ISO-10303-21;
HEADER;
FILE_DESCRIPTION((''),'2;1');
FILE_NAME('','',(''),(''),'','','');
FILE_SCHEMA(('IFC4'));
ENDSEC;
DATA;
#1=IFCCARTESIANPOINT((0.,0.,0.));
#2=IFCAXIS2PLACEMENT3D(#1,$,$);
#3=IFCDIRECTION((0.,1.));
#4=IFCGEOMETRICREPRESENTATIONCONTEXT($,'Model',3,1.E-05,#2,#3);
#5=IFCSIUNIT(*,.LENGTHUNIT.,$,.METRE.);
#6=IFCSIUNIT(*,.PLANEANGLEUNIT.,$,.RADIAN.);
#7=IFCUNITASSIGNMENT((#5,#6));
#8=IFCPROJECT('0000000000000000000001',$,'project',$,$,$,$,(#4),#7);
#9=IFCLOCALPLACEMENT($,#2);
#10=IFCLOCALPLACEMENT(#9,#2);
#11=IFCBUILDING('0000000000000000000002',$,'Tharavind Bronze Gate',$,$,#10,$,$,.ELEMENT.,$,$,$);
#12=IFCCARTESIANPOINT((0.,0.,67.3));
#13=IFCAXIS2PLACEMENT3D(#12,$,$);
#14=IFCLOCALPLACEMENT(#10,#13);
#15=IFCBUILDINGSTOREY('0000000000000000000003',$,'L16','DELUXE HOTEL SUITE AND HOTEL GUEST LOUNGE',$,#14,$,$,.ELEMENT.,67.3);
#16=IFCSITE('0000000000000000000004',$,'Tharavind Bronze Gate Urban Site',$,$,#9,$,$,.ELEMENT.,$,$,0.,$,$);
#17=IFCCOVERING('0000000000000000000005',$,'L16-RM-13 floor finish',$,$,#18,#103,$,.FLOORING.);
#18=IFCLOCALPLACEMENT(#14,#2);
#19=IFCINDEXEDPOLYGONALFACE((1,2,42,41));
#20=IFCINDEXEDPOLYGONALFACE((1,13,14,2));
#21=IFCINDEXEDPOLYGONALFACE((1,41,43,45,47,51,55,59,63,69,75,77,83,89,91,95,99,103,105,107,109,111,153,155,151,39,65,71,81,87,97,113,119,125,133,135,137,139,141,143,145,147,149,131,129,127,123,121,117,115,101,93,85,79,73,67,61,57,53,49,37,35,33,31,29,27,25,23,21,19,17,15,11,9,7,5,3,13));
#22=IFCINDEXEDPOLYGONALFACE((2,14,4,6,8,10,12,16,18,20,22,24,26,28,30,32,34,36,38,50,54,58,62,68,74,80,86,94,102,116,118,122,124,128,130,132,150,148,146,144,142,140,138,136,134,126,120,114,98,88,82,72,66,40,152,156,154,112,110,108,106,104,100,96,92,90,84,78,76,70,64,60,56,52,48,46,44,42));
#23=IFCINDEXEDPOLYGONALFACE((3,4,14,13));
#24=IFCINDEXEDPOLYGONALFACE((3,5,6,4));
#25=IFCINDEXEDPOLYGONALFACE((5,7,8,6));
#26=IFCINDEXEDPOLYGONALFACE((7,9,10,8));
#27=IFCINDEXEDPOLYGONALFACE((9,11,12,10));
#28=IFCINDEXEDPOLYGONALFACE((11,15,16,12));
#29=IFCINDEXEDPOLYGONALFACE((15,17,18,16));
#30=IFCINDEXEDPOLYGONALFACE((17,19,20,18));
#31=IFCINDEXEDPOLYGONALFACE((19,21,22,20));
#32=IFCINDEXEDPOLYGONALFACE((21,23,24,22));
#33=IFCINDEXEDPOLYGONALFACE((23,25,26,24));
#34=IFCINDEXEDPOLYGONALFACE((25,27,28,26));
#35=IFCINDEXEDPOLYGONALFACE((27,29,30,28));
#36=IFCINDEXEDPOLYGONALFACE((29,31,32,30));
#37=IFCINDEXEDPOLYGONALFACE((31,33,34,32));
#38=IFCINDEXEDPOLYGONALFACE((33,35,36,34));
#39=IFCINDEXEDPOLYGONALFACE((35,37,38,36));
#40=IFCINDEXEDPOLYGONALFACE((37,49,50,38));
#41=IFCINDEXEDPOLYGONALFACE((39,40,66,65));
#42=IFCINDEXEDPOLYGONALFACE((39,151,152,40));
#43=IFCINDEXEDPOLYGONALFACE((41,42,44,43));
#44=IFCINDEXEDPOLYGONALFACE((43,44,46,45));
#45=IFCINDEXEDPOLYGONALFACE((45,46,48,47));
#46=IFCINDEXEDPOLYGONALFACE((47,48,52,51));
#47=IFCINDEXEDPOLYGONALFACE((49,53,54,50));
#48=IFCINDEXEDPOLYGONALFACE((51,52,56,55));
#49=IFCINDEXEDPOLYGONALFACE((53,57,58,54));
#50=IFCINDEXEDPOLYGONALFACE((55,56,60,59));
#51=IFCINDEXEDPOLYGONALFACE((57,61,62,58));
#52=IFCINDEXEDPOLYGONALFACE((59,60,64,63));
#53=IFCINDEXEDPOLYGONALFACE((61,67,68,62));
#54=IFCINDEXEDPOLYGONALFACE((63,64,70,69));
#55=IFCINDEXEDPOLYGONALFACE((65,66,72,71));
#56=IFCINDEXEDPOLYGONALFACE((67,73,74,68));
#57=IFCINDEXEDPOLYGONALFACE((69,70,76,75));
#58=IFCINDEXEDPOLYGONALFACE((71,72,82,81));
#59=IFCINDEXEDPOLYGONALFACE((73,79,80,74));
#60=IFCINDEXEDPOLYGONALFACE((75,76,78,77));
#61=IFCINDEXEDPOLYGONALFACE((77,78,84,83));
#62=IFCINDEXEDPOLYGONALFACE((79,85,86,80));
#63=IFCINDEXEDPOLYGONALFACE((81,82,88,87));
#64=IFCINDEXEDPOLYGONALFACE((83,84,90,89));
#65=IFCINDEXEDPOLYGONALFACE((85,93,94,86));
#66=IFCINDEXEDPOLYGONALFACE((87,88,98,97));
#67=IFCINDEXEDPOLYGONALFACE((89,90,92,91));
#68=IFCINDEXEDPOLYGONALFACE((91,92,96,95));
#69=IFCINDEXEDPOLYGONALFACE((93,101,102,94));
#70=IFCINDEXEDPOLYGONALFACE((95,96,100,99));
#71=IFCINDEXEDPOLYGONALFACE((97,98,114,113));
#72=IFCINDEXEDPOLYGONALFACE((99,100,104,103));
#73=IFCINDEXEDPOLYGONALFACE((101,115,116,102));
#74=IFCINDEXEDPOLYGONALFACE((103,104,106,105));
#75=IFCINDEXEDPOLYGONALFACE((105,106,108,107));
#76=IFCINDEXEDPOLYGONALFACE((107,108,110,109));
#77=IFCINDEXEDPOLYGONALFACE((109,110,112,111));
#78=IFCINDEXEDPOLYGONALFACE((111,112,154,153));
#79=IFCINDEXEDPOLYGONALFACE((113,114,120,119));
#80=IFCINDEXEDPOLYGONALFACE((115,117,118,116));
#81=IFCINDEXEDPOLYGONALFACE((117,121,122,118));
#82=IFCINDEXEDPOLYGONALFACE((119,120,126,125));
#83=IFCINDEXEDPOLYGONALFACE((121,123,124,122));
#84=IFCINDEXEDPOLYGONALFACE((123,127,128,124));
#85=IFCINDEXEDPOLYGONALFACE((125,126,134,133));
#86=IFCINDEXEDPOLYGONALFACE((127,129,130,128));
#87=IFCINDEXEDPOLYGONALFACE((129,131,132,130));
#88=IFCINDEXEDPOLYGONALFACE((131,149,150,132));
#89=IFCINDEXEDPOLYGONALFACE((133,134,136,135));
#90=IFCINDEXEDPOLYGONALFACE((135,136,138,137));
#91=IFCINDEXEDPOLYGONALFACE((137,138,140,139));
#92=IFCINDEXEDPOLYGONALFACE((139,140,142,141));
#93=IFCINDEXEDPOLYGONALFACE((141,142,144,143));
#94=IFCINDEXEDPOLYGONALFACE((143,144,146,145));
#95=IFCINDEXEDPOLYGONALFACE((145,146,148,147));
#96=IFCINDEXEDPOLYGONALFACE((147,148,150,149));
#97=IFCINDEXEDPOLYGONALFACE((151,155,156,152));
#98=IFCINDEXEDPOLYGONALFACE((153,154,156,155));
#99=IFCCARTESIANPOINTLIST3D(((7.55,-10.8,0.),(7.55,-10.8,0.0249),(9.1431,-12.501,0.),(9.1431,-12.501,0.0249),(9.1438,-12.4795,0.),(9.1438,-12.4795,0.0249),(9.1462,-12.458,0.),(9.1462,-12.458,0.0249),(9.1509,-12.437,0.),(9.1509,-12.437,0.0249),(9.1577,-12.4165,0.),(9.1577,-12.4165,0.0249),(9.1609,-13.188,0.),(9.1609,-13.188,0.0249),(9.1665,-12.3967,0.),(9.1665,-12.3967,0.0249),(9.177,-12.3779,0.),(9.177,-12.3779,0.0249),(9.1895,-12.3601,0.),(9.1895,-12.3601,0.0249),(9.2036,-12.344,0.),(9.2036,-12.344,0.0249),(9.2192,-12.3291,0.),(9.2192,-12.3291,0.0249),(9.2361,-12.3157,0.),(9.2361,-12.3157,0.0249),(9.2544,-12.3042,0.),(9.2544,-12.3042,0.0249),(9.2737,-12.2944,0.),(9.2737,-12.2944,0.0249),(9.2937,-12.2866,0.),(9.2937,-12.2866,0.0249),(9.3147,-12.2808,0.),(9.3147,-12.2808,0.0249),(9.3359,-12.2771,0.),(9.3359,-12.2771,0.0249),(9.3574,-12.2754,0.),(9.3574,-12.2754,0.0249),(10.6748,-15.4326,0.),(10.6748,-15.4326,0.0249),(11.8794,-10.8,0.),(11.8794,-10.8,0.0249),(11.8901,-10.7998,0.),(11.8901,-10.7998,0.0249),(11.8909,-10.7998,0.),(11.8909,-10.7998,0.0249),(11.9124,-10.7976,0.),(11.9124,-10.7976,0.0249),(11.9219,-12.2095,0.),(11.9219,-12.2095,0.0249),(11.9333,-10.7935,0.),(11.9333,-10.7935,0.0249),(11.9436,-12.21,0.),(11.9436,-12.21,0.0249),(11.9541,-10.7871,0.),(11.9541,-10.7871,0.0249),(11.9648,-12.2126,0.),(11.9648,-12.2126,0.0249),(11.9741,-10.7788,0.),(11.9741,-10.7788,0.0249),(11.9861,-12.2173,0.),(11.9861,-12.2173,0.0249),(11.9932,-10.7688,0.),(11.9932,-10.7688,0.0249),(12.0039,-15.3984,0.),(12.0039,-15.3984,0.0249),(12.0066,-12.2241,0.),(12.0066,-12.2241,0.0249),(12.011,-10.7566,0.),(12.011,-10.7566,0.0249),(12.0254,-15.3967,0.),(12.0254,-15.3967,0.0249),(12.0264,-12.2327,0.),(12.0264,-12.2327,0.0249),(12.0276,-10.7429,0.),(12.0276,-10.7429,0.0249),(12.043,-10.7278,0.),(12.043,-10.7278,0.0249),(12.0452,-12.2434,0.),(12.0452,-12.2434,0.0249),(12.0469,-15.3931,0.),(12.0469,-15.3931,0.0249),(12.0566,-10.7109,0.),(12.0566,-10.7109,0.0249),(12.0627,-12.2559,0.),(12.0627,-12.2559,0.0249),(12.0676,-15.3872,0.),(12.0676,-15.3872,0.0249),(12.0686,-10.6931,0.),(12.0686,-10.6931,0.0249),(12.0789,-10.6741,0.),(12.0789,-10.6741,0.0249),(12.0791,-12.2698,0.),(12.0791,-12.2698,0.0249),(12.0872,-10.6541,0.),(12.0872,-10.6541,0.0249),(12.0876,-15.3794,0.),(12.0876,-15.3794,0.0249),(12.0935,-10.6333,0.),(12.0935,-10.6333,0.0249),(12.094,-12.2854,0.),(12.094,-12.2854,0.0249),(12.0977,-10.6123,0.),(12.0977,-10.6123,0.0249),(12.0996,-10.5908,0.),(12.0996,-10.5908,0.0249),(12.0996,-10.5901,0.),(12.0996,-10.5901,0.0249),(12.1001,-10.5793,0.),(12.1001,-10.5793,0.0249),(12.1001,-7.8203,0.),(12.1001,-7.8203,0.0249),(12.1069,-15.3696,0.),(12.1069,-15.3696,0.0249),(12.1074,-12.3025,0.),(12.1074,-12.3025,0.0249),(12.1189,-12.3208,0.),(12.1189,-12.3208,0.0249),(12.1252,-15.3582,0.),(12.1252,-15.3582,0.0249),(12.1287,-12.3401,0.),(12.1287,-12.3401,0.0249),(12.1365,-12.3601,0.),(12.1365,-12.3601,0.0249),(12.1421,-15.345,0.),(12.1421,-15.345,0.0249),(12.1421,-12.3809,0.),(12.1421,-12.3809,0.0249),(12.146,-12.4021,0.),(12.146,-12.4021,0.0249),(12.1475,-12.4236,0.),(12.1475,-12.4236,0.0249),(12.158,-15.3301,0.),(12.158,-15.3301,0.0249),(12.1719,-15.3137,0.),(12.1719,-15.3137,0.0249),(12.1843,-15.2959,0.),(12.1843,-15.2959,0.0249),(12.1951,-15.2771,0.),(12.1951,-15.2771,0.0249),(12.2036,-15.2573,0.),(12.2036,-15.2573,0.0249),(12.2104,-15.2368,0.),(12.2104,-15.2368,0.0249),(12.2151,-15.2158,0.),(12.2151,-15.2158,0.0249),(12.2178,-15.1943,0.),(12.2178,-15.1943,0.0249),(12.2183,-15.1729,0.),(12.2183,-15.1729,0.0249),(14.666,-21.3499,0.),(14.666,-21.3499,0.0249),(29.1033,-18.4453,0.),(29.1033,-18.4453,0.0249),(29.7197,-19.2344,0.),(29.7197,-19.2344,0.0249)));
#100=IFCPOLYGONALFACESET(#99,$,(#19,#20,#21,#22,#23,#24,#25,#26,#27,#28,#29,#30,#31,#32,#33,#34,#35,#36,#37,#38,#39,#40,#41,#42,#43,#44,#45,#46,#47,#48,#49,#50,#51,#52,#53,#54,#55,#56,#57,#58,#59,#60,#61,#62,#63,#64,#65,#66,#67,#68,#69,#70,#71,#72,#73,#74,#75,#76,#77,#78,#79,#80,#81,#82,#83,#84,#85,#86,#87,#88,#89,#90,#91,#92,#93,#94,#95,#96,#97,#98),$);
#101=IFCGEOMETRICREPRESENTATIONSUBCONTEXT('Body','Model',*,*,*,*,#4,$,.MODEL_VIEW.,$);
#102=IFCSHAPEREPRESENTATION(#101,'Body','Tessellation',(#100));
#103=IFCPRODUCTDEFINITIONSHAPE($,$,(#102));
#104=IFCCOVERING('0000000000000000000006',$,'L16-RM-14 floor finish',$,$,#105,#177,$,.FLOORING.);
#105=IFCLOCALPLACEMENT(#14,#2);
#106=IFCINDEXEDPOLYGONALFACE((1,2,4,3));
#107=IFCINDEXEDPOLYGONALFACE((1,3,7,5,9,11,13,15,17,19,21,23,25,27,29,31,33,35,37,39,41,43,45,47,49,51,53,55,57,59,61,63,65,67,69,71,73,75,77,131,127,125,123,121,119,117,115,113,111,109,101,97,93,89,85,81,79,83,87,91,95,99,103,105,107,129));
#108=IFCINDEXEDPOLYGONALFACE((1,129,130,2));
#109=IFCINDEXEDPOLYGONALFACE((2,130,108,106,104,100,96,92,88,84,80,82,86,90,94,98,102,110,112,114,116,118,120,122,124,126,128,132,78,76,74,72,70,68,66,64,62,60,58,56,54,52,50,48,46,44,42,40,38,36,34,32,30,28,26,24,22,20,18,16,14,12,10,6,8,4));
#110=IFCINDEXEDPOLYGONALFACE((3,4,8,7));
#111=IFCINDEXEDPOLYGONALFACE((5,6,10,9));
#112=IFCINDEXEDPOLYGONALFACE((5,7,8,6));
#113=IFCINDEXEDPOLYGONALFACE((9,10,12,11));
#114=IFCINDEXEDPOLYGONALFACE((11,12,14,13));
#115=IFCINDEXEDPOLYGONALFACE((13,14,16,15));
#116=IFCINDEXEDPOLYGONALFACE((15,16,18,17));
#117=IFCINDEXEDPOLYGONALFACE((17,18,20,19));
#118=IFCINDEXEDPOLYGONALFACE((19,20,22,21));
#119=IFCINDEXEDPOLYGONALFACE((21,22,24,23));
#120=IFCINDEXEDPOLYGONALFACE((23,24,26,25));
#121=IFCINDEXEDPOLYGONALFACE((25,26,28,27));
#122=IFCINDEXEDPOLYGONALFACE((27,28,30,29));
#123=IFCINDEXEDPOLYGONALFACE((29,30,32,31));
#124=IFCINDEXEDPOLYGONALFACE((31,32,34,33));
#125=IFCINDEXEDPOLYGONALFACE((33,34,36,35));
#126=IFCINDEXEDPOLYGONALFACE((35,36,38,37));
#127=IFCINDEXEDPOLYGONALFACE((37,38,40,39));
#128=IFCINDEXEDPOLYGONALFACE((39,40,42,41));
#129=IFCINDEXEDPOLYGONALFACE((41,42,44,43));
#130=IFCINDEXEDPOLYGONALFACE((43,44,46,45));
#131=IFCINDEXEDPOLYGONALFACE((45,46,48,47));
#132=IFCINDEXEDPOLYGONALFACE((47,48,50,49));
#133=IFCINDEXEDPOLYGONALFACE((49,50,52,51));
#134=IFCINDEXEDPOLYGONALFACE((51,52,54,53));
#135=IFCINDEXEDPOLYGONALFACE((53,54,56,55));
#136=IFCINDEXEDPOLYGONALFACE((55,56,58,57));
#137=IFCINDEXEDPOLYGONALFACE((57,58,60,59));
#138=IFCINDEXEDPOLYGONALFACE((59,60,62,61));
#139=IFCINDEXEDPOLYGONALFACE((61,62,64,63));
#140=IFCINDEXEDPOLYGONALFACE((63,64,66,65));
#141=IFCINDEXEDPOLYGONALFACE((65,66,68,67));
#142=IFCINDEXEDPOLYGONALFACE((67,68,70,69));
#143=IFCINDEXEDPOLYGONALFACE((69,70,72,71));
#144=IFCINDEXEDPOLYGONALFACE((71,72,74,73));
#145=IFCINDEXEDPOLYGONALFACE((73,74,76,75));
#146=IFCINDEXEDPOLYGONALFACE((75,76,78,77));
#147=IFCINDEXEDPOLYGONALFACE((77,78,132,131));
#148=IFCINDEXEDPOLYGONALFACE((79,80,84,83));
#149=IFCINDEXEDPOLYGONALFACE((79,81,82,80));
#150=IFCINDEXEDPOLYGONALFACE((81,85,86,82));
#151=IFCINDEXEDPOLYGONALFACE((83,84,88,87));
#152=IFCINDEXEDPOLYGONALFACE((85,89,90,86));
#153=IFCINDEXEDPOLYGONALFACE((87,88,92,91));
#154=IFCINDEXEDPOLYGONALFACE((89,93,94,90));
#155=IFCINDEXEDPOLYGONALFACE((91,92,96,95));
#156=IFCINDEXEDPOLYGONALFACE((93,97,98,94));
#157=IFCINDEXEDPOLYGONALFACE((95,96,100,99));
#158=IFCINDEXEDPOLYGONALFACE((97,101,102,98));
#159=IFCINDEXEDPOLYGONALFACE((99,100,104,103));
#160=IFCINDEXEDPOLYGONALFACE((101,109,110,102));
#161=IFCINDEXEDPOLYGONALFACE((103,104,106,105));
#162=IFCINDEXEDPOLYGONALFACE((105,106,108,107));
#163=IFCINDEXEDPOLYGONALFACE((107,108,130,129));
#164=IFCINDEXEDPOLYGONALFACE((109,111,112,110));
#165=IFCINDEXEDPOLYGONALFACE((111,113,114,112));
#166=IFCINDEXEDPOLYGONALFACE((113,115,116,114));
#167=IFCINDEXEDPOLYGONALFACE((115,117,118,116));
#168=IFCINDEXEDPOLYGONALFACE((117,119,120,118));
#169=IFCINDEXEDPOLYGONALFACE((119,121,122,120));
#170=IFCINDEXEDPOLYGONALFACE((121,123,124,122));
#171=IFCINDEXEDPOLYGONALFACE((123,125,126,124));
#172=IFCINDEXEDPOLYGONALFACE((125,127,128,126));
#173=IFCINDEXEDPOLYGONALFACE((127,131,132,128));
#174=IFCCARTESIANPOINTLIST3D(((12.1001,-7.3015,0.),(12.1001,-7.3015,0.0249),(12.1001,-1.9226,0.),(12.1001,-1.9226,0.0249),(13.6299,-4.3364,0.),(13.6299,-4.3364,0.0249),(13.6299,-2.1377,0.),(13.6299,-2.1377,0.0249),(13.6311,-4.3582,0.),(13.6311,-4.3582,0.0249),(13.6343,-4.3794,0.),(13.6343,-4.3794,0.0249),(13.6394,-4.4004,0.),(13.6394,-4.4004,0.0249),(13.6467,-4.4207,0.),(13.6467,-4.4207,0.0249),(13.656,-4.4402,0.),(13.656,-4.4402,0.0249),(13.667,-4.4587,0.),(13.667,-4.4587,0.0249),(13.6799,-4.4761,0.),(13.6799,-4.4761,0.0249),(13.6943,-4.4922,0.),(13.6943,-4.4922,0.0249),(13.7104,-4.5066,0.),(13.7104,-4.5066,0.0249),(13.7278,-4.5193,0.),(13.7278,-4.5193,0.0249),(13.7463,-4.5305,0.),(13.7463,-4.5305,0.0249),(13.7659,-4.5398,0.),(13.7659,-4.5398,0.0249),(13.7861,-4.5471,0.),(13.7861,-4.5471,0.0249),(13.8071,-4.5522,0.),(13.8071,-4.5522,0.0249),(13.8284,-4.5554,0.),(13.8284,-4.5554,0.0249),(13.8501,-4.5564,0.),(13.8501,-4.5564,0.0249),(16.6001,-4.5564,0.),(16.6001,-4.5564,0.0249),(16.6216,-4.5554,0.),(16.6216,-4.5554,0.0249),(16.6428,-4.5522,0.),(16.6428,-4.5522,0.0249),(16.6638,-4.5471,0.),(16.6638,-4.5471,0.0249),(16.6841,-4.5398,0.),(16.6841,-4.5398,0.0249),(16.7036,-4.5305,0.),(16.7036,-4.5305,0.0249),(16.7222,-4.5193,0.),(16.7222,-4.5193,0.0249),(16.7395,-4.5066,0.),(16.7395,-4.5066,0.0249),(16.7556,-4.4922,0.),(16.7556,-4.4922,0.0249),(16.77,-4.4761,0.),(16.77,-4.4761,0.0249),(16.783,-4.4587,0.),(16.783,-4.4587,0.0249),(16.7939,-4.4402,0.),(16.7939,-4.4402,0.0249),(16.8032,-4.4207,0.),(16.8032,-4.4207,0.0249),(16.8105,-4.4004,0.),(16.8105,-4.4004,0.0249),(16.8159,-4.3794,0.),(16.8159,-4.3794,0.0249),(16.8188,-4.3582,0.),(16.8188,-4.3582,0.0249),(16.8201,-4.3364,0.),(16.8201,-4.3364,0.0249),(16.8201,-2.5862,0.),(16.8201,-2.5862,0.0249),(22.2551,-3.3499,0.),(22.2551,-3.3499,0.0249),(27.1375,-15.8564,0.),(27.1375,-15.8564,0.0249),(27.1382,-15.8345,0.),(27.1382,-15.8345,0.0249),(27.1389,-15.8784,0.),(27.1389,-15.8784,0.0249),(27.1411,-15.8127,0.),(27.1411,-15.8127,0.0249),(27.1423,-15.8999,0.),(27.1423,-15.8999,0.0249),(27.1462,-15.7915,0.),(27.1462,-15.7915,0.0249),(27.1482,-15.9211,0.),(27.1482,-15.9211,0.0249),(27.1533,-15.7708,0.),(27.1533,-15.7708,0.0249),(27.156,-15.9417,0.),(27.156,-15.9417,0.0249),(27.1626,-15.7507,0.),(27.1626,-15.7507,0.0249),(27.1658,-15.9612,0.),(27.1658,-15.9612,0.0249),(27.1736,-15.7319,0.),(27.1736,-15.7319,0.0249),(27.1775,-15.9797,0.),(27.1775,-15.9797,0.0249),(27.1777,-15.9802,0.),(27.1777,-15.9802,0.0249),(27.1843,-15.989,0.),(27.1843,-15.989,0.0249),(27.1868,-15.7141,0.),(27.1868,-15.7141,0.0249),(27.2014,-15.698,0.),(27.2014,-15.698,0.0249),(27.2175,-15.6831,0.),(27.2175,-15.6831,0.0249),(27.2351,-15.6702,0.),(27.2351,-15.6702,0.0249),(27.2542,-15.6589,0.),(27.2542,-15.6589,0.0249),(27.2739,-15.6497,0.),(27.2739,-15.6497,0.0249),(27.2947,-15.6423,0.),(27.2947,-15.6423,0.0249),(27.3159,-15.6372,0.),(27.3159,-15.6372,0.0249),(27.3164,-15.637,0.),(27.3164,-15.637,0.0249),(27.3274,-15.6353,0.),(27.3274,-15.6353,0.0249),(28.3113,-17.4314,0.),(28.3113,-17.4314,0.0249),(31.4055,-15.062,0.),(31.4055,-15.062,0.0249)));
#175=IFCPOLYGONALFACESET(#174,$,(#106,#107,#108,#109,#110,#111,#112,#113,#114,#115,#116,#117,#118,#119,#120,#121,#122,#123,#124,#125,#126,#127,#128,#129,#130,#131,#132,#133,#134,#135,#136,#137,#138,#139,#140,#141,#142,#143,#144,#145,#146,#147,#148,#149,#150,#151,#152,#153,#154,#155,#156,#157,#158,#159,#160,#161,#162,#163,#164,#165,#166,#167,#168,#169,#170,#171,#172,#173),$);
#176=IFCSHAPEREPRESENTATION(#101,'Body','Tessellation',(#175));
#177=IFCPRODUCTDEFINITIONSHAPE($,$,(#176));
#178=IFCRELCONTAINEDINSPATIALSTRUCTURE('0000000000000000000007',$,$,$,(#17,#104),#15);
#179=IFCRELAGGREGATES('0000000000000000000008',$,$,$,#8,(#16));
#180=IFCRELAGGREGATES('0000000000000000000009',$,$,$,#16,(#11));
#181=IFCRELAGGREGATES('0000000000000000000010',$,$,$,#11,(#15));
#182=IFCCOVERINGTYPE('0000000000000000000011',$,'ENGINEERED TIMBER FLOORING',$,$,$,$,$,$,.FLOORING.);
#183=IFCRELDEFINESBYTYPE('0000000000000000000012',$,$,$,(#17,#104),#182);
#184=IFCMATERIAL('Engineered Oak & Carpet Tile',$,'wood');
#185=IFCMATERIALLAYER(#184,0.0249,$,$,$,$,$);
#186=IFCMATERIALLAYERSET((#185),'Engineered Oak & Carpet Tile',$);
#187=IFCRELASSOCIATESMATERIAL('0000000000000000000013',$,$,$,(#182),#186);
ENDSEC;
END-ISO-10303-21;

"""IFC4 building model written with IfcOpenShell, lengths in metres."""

from ifc_helpers import new_model, si_unit, direction, frame, origin, place, context, subcontext, project, spatial, polyline, outline, extrude, material, layer, layer_set, type_object, element, save


model = new_model("IFC4")

# Units and contexts
model_context = context("Model", 3, precision=1e-05, world=origin(), true_north=direction((0.0, 1.0)))
body_context = subcontext(model_context, "Body", "Model", "MODEL_VIEW")
ifc_project = project(units=[si_unit("LENGTHUNIT", "METRE"), si_unit("PLANEANGLEUNIT", "RADIAN")], contexts=[model_context])

# Site, building, storey
site_placement = place(None, origin())
site = spatial("IfcSite", under=ifc_project, at=site_placement, Name="Tharavind Bronze Gate Urban Site", CompositionType="ELEMENT", RefElevation=0.0)
building_placement = place(site_placement, origin())
building = spatial("IfcBuilding", under=site, at=building_placement, Name="Tharavind Bronze Gate", CompositionType="ELEMENT")
storey_placement = place(building_placement, frame((0.0, 0.0, 67.3)))
storey = spatial("IfcBuildingStorey", under=building, at=storey_placement, Name="L16", Description="DELUXE HOTEL SUITE AND HOTEL GUEST LOUNGE", CompositionType="ELEMENT", Elevation=67.3)

# Coverings
ifc_material_1 = material(Name="Engineered Oak & Carpet Tile", Category="wood")
ifc_layer_1 = layer(ifc_material_1, 0.0249)
ifc_layer_set_1 = layer_set([ifc_layer_1], Name="Engineered Oak & Carpet Tile")
covering_type_1 = type_object("IfcCoveringType", Name="ENGINEERED TIMBER FLOORING", PredefinedType="FLOORING", material=ifc_layer_set_1)
covering_1_placement = place(storey_placement, origin())
element("IfcCovering", 1, at=covering_1_placement, inside=storey, type_object=covering_type_1, Name="L16-RM-13 floor finish", PredefinedType="FLOORING", context=body_context, shape_type="SweptSolid", body=[
    extrude(outline(polyline([(9.1609, -13.188), (9.1431, -12.501), (9.1438, -12.4795), (9.1462, -12.458), (9.1509, -12.437), (9.1577, -12.4165), (9.1665, -12.3967), (9.177, -12.3779), (9.1895, -12.3601), (9.2036, -12.344), (9.2192, -12.3291), (9.2361, -12.3157), (9.2544, -12.3042), (9.2737, -12.2944), (9.2937, -12.2866), (9.3147, -12.2808), (9.3359, -12.2771), (9.3574, -12.2754), (11.9219, -12.2095), (11.9436, -12.21), (11.9648, -12.2126), (11.9861, -12.2173), (12.0066, -12.2241), (12.0264, -12.2327), (12.0452, -12.2434), (12.0627, -12.2559), (12.0791, -12.2698), (12.094, -12.2854), (12.1074, -12.3025), (12.1189, -12.3208), (12.1287, -12.3401), (12.1365, -12.3601), (12.1421, -12.3809), (12.146, -12.4021), (12.1475, -12.4236), (12.2183, -15.1729), (12.2178, -15.1943), (12.2151, -15.2158), (12.2104, -15.2368), (12.2036, -15.2573), (12.1951, -15.2771), (12.1843, -15.2959), (12.1719, -15.3137), (12.158, -15.3301), (12.1421, -15.345), (12.1252, -15.3582), (12.1069, -15.3696), (12.0876, -15.3794), (12.0676, -15.3872), (12.0469, -15.3931), (12.0254, -15.3967), (12.0039, -15.3984), (10.6748, -15.4326), (14.666, -21.3499), (29.7197, -19.2344), (29.1033, -18.4453), (12.1001, -7.8203), (12.1001, -10.5793), (12.0996, -10.5901), (12.0996, -10.5908), (12.0977, -10.6123), (12.0935, -10.6333), (12.0872, -10.6541), (12.0789, -10.6741), (12.0686, -10.6931), (12.0566, -10.7109), (12.043, -10.7278), (12.0276, -10.7429), (12.011, -10.7566), (11.9932, -10.7688), (11.9741, -10.7788), (11.9541, -10.7871), (11.9333, -10.7935), (11.9124, -10.7976), (11.8909, -10.7998), (11.8901, -10.7998), (11.8794, -10.8), (7.55, -10.8), (9.1609, -13.188)])), origin(), (0.0, 0.0, 1.0), 0.0249),
])
covering_2_placement = place(storey_placement, origin())
element("IfcCovering", 2, at=covering_2_placement, inside=storey, type_object=covering_type_1, Name="L16-RM-14 floor finish", PredefinedType="FLOORING", context=body_context, shape_type="SweptSolid", body=[
    extrude(outline(polyline([(12.1001, -7.3015), (28.3113, -17.4314), (27.1843, -15.989), (27.1777, -15.9802), (27.1775, -15.9797), (27.1658, -15.9612), (27.156, -15.9417), (27.1482, -15.9211), (27.1423, -15.8999), (27.1389, -15.8784), (27.1375, -15.8564), (27.1382, -15.8345), (27.1411, -15.8127), (27.1462, -15.7915), (27.1533, -15.7708), (27.1626, -15.7507), (27.1736, -15.7319), (27.1868, -15.7141), (27.2014, -15.698), (27.2175, -15.6831), (27.2351, -15.6702), (27.2542, -15.6589), (27.2739, -15.6497), (27.2947, -15.6423), (27.3159, -15.6372), (27.3164, -15.637), (27.3274, -15.6353), (31.4055, -15.062), (22.2551, -3.3499), (16.8201, -2.5862), (16.8201, -4.3364), (16.8188, -4.3582), (16.8159, -4.3794), (16.8105, -4.4004), (16.8032, -4.4207), (16.7939, -4.4402), (16.783, -4.4587), (16.77, -4.4761), (16.7556, -4.4922), (16.7395, -4.5066), (16.7222, -4.5193), (16.7036, -4.5305), (16.6841, -4.5398), (16.6638, -4.5471), (16.6428, -4.5522), (16.6216, -4.5554), (16.6001, -4.5564), (13.8501, -4.5564), (13.8284, -4.5554), (13.8071, -4.5522), (13.7861, -4.5471), (13.7659, -4.5398), (13.7463, -4.5305), (13.7278, -4.5193), (13.7104, -4.5066), (13.6943, -4.4922), (13.6799, -4.4761), (13.667, -4.4587), (13.656, -4.4402), (13.6467, -4.4207), (13.6394, -4.4004), (13.6343, -4.3794), (13.6311, -4.3582), (13.6299, -4.3364), (13.6299, -2.1377), (12.1001, -1.9226), (12.1001, -7.3015)])), origin(), (0.0, 0.0, 1.0), 0.0249),
])

save(model, "model.ifc")
